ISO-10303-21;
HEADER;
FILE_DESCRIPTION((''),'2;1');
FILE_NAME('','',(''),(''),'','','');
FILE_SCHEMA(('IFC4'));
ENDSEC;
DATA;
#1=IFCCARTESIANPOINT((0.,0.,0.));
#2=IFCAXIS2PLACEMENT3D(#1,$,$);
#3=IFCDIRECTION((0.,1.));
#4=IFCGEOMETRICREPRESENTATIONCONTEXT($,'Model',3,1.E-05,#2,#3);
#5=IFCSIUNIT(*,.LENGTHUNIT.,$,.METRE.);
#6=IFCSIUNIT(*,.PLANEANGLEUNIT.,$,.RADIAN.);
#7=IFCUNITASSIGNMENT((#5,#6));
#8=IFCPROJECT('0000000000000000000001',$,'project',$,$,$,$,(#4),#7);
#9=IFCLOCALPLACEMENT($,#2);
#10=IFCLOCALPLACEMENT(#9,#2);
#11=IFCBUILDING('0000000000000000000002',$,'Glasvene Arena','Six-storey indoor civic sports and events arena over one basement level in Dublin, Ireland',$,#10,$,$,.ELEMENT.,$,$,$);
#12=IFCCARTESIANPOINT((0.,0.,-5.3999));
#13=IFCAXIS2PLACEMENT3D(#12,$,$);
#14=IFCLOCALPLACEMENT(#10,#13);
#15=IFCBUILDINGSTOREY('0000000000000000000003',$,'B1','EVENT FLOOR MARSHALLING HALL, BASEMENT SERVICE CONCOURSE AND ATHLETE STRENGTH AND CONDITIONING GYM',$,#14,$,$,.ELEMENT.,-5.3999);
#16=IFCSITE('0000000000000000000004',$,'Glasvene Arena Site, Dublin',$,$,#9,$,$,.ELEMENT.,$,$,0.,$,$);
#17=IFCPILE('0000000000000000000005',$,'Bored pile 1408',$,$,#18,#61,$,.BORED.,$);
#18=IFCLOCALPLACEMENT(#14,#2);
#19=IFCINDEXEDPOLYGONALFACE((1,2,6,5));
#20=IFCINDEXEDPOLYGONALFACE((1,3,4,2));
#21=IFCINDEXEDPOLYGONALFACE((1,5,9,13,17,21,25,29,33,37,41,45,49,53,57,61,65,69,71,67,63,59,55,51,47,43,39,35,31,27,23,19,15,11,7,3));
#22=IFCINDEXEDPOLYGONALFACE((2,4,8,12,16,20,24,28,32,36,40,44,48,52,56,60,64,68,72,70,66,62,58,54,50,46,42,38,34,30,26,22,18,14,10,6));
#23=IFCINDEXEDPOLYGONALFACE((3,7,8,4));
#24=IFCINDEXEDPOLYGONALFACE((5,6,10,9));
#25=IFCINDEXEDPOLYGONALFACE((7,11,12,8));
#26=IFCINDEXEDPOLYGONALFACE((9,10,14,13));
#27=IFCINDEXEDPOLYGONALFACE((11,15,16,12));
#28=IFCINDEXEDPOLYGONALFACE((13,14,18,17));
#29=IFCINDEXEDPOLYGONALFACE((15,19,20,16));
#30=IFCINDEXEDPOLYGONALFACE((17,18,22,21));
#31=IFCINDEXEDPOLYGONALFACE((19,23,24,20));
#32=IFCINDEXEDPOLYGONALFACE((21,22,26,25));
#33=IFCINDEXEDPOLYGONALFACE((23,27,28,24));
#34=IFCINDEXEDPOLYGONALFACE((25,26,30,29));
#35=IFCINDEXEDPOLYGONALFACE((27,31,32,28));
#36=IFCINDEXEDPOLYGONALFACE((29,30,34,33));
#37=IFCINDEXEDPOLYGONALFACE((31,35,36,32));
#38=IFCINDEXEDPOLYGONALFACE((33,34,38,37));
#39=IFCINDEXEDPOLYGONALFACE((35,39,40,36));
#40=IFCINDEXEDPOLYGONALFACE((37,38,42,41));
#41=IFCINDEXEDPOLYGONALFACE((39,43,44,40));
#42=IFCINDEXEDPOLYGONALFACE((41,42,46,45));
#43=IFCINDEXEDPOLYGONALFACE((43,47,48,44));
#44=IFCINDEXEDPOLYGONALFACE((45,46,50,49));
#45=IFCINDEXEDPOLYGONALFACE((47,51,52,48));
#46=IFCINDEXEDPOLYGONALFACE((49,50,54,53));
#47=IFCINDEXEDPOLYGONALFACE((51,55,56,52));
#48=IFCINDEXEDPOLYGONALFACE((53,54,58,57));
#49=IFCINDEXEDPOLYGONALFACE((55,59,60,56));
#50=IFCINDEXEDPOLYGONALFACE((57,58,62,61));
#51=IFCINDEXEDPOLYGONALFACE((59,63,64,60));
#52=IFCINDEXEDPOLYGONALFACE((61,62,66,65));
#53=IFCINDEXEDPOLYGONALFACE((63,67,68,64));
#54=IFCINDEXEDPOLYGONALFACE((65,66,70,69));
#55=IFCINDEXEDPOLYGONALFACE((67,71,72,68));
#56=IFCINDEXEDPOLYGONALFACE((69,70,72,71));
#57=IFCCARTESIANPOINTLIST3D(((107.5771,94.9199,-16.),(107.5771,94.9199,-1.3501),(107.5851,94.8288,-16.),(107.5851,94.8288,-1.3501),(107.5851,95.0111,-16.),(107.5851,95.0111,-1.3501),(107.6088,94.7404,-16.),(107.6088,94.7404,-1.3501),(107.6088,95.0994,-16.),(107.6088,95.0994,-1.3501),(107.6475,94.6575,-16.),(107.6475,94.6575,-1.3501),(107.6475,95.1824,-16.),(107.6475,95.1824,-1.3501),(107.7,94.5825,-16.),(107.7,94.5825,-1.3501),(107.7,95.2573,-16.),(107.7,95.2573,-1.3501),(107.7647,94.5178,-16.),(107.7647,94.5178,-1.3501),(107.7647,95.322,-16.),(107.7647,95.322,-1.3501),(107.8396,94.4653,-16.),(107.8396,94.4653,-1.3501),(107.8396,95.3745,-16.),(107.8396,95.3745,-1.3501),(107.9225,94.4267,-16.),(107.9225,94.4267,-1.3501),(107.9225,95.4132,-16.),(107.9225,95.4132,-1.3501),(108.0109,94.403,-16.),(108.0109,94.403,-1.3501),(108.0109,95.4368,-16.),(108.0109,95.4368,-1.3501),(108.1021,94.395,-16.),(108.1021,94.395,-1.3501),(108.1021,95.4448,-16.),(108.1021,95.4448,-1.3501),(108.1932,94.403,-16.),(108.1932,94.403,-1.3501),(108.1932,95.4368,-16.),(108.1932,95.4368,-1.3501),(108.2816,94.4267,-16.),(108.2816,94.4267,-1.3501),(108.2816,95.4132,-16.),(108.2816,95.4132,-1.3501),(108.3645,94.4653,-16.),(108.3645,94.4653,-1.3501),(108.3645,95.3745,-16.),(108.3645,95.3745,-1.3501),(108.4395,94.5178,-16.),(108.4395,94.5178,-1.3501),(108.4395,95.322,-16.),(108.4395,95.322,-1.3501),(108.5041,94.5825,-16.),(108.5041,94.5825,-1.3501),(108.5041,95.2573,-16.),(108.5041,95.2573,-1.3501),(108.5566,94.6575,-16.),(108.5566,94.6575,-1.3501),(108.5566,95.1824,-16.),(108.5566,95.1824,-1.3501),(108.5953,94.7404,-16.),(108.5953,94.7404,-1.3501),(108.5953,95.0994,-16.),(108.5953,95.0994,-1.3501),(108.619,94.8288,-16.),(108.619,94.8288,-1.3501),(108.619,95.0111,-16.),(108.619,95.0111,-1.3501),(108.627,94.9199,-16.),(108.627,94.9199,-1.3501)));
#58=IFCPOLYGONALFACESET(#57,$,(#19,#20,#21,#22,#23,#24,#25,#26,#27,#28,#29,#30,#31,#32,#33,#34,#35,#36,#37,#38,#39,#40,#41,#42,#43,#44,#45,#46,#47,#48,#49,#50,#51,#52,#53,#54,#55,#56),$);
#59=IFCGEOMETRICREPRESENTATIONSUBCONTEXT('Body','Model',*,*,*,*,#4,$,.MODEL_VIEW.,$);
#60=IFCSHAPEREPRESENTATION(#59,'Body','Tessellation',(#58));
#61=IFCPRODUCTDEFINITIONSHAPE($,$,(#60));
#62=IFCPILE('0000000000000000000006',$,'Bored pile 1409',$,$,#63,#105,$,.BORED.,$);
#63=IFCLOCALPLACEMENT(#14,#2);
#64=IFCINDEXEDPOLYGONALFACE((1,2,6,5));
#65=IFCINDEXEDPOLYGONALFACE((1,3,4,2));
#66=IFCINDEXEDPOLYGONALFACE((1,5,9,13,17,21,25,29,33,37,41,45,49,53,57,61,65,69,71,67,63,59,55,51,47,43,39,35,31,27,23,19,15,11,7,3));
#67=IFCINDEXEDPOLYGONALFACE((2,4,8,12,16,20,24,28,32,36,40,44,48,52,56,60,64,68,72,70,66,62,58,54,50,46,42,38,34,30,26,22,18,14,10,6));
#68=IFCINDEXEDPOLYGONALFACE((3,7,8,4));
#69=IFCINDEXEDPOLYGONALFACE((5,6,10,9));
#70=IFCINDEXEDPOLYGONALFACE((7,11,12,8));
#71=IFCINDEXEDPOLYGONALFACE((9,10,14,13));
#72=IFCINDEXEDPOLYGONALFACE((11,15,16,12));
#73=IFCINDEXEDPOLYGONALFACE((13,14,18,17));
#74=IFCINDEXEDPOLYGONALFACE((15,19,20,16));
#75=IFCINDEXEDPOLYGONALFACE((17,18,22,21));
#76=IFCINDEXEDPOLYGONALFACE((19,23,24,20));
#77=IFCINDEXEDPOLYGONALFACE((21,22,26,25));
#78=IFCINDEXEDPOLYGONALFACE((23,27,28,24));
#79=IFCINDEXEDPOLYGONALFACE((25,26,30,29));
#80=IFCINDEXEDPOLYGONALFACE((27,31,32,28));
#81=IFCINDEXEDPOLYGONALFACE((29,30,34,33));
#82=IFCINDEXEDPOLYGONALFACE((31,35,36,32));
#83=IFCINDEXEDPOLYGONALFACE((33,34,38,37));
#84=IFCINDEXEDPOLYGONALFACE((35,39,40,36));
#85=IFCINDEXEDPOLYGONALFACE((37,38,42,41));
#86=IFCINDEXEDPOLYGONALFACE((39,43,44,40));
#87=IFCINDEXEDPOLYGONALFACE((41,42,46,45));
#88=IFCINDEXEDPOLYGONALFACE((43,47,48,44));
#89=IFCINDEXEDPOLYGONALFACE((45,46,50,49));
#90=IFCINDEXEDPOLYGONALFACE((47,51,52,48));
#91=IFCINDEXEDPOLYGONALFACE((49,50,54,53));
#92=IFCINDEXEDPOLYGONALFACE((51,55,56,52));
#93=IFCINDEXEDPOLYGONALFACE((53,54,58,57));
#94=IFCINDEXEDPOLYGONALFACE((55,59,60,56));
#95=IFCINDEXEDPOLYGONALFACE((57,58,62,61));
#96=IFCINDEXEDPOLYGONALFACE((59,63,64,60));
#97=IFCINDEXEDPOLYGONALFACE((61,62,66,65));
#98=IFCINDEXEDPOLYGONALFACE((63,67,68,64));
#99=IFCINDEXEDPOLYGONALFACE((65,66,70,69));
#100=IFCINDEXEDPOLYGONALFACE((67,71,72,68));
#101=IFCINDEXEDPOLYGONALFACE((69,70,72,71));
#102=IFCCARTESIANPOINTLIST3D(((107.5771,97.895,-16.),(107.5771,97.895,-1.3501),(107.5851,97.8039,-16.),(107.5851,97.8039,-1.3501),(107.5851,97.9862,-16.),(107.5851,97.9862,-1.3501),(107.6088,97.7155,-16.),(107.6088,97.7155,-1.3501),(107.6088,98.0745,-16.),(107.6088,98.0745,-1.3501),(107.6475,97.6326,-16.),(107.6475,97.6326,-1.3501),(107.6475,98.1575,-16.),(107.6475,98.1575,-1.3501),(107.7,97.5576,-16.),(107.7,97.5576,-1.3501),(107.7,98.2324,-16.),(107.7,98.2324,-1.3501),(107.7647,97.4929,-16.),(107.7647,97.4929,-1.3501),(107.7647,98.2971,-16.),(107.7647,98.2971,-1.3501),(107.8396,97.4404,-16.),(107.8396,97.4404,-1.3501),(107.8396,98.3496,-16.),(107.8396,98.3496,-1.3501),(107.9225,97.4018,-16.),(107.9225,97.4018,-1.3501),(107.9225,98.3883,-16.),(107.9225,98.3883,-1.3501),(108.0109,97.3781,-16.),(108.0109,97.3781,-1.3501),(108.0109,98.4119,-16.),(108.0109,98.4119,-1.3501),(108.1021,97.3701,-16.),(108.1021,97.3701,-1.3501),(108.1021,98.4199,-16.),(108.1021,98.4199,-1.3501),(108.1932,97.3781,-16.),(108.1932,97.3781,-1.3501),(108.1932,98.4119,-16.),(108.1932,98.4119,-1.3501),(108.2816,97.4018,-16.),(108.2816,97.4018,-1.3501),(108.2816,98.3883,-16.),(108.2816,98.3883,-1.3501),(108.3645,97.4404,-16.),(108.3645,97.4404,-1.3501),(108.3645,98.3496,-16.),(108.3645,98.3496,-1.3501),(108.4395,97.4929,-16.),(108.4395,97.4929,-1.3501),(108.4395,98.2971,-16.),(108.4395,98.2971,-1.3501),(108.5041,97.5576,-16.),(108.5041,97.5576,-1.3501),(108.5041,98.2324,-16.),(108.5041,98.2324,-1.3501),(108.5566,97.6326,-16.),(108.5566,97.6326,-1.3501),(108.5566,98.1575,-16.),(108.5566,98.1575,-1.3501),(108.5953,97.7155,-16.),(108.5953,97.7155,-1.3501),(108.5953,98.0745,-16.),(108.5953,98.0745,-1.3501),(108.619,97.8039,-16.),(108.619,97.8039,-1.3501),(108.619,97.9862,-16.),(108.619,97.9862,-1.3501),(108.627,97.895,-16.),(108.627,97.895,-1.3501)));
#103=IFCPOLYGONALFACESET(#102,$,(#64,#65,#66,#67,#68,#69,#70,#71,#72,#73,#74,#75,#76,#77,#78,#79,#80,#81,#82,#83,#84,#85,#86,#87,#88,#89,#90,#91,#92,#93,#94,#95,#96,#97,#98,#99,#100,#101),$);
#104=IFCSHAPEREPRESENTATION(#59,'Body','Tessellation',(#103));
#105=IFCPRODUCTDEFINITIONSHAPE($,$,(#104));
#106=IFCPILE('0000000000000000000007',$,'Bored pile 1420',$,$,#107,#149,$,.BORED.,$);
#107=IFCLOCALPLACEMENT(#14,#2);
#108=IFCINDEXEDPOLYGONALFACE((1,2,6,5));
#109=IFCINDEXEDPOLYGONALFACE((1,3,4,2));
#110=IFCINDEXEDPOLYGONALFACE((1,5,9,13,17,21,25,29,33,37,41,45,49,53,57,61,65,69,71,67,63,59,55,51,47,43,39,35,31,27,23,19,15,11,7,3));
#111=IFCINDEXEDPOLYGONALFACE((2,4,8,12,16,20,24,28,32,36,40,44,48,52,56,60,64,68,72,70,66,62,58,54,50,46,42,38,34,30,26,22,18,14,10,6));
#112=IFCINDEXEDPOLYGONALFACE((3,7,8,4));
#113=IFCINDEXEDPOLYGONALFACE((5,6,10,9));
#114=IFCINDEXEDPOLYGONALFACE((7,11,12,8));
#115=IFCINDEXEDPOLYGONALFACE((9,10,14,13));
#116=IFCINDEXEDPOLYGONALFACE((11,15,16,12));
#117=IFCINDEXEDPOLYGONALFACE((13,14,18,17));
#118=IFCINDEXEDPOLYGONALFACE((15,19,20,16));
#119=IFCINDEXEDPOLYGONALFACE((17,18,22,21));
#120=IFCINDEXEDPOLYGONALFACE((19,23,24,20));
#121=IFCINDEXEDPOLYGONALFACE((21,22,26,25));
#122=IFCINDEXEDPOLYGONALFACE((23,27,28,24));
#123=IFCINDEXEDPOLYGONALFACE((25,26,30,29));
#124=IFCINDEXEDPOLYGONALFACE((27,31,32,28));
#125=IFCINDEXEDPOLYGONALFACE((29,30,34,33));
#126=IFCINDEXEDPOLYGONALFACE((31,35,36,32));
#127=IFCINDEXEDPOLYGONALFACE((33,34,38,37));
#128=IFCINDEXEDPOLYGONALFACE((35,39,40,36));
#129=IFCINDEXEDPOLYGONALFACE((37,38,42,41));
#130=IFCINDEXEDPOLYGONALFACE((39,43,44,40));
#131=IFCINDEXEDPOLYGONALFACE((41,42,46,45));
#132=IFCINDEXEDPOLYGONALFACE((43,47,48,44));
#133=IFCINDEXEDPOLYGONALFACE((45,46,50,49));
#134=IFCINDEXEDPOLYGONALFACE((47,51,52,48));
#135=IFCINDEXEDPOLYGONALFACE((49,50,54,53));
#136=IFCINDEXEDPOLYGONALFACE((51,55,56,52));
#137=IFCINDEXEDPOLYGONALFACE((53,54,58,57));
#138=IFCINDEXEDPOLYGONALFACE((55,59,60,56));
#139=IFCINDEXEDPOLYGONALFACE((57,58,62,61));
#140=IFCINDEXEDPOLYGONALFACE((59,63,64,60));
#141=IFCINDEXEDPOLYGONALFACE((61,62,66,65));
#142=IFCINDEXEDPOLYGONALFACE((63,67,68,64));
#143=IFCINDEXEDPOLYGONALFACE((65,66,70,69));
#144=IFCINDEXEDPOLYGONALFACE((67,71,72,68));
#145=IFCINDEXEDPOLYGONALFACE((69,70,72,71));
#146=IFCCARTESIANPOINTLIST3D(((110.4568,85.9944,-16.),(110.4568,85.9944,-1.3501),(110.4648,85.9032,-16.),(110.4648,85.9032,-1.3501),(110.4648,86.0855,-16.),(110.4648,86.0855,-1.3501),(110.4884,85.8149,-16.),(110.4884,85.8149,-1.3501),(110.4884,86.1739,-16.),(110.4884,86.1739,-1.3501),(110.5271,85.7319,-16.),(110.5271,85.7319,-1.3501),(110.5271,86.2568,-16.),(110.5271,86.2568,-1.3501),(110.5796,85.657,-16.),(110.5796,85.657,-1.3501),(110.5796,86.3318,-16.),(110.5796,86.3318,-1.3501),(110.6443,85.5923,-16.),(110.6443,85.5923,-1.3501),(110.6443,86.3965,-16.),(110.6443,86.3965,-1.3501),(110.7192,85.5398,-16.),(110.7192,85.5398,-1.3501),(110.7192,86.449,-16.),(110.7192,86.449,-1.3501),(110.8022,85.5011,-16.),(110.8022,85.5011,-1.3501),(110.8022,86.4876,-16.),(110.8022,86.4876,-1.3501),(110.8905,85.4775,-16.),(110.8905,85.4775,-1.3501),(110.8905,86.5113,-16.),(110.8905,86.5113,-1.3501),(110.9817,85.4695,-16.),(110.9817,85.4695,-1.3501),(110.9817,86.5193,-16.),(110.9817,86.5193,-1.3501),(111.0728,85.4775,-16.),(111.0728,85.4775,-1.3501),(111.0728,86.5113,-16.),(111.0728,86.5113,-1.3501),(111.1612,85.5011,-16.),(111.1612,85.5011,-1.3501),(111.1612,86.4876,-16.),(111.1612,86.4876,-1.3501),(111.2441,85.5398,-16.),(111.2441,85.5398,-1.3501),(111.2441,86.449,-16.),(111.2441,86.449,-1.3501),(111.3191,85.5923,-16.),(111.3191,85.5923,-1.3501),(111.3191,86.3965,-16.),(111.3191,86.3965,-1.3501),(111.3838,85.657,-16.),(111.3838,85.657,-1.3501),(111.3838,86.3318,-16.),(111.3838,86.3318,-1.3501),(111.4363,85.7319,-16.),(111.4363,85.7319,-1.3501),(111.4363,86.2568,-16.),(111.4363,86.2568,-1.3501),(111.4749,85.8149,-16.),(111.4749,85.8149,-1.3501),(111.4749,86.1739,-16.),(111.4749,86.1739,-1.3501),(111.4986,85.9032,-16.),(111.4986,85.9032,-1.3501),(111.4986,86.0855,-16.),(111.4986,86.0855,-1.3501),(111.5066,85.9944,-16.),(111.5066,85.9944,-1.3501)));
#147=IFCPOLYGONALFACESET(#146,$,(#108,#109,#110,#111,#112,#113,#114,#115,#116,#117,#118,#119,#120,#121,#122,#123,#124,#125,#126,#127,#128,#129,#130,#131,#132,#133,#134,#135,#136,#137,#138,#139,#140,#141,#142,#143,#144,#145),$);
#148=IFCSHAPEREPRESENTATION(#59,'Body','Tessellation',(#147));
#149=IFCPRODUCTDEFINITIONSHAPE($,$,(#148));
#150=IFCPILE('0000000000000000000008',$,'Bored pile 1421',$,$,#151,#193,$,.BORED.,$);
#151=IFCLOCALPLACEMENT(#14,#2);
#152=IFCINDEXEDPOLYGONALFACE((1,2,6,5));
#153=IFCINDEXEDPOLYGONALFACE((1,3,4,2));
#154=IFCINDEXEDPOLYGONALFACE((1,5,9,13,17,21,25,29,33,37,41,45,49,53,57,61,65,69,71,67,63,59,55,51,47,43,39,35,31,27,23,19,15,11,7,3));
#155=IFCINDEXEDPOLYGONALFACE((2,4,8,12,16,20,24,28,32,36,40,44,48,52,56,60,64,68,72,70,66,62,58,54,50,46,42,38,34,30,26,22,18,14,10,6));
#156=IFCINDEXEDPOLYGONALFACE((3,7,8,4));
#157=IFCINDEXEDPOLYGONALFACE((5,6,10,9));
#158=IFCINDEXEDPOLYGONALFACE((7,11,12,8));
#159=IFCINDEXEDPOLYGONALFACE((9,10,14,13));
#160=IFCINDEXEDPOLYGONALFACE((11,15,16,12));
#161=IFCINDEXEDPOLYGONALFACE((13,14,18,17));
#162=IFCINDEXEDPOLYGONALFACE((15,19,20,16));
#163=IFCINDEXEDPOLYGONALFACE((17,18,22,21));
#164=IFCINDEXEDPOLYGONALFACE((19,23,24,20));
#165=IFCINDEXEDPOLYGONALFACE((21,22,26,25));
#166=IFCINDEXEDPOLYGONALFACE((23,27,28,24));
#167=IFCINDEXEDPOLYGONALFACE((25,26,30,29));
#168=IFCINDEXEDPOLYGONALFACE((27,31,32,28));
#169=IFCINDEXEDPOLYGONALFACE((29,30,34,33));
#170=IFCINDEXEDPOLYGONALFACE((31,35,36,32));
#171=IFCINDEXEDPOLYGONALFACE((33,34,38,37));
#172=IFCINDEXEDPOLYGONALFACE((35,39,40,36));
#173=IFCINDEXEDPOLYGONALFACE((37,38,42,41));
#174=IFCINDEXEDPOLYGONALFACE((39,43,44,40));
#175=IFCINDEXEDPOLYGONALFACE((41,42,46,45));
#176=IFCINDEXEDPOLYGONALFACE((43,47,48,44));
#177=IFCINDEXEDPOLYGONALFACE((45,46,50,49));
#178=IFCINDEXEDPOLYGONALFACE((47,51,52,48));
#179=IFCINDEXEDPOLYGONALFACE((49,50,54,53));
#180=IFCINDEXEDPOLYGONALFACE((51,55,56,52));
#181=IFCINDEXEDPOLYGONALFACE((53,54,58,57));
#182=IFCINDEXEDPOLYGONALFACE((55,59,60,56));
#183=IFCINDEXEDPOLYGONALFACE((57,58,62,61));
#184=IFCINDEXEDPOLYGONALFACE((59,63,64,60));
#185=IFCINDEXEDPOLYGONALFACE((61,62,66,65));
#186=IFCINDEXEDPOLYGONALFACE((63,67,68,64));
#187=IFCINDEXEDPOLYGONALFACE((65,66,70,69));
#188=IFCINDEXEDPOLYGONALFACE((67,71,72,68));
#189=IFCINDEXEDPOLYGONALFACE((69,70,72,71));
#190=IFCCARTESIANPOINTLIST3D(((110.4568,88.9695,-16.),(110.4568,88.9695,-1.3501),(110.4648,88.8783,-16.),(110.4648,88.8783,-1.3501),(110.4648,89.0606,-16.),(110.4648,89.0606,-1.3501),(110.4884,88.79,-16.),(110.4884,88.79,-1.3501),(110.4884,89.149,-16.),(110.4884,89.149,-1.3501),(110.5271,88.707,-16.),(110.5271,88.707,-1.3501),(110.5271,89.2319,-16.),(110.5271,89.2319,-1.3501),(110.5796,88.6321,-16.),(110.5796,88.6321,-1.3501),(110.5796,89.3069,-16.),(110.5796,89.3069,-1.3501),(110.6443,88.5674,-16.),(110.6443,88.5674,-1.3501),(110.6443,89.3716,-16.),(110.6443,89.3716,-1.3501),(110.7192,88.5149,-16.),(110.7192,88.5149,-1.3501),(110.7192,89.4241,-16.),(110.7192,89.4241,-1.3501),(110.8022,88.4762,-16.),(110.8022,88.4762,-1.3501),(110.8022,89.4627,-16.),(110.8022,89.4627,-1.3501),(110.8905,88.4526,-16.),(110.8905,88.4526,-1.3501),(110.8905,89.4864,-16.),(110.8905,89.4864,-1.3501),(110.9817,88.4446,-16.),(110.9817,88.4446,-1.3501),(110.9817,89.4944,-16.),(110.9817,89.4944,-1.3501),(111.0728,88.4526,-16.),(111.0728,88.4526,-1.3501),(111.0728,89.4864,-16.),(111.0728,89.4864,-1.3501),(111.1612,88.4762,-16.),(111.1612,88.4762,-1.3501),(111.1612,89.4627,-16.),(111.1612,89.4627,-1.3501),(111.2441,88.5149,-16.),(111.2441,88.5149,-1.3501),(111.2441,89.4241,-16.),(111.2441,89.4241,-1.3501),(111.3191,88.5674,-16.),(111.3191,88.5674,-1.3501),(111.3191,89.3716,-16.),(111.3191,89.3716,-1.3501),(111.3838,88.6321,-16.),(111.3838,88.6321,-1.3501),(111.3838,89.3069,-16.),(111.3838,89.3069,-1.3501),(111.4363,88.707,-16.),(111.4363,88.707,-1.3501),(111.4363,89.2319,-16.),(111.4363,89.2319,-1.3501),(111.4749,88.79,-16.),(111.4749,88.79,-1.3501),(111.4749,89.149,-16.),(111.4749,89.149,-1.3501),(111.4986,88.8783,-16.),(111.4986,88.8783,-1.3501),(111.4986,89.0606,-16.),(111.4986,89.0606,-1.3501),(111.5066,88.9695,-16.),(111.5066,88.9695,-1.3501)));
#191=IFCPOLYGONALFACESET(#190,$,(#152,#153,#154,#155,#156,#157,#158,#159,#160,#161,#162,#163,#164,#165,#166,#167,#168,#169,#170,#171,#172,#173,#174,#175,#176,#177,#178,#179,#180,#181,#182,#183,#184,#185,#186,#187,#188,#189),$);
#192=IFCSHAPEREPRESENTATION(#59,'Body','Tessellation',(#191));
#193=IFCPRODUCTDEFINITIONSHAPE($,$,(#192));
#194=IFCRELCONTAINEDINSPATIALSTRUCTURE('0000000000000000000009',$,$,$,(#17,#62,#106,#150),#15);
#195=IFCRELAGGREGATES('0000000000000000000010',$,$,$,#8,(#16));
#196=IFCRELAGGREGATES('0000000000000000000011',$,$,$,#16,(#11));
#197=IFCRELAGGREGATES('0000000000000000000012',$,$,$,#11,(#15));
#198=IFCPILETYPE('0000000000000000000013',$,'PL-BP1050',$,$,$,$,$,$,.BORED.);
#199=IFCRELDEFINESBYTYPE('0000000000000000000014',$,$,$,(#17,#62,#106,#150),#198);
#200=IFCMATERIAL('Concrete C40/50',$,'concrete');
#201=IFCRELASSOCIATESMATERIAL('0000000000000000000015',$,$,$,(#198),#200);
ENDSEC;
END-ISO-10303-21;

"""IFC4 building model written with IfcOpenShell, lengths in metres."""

from ifc_helpers import new_model, si_unit, direction, frame, origin, origin_2d, place, context, subcontext, project, spatial, circle, extrude, material, material_profile, profile_set, type_object, element, save


model = new_model("IFC4")

# Units and contexts
model_context = context("Model", 3, precision=1e-05, world=origin(), true_north=direction((0.0, 1.0)))
body_context = subcontext(model_context, "Body", "Model", "MODEL_VIEW")
ifc_project = project(units=[si_unit("LENGTHUNIT", "METRE"), si_unit("PLANEANGLEUNIT", "RADIAN")], contexts=[model_context])

# Site, building, storey
site_placement = place(None, origin())
site = spatial("IfcSite", under=ifc_project, at=site_placement, Name="Glasvene Arena Site, Dublin", CompositionType="ELEMENT", RefElevation=0.0)
building_placement = place(site_placement, origin())
building = spatial("IfcBuilding", under=site, at=building_placement, Name="Glasvene Arena", Description="Six-storey indoor civic sports and events arena over one basement level in Dublin, Ireland", CompositionType="ELEMENT")
storey_placement = place(building_placement, frame((0.0, 0.0, -5.3999)))
storey = spatial("IfcBuildingStorey", under=building, at=storey_placement, Name="B1", Description="EVENT FLOOR MARSHALLING HALL, BASEMENT SERVICE CONCOURSE AND ATHLETE STRENGTH AND CONDITIONING GYM", CompositionType="ELEMENT", Elevation=-5.3999)

# Piles
ifc_material_1 = material(Name="Concrete C40/50", Category="concrete")
ifc_material_profile_1 = material_profile(ifc_material_1, circle(Radius=0.5249, at=origin_2d()), Name="BORED PILE 1050")
ifc_profile_set_1 = profile_set([ifc_material_profile_1], Name="Concrete C40/50")
pile_type = type_object("IfcPileType", Name="PL-BP1050", PredefinedType="BORED", material=ifc_profile_set_1)
for number, where, z_axis, x_axis, name in (
    (1, (108.1021, 94.9199, -1.3501), (0.0, 0.0, -1.0), (1.0, 0.0, 0.0), "Bored pile 1408"),
    (2, (108.1021, 97.895, -1.3501), (0.0, 0.0, -1.0), (1.0, 0.0, 0.0), "Bored pile 1409"),
    (3, (110.9817, 85.9944, -1.3501), (0.0, 0.0, -1.0), (1.0, 0.0, 0.0), "Bored pile 1420"),
    (4, (110.9817, 88.9695, -1.3501), (0.0, 0.0, -1.0), (1.0, 0.0, 0.0), "Bored pile 1421"),
):
    element("IfcPile", number, at=place(storey_placement, frame(where, z_axis=z_axis, x_axis=x_axis)), inside=storey, type_object=pile_type, Name=name, PredefinedType="BORED", context=body_context, shape_type="SweptSolid", body=[
        extrude(circle(Radius=0.5249, at=origin_2d()), origin(), (0.0, 0.0, 1.0), 14.6499),
    ])

save(model, "model.ifc")
